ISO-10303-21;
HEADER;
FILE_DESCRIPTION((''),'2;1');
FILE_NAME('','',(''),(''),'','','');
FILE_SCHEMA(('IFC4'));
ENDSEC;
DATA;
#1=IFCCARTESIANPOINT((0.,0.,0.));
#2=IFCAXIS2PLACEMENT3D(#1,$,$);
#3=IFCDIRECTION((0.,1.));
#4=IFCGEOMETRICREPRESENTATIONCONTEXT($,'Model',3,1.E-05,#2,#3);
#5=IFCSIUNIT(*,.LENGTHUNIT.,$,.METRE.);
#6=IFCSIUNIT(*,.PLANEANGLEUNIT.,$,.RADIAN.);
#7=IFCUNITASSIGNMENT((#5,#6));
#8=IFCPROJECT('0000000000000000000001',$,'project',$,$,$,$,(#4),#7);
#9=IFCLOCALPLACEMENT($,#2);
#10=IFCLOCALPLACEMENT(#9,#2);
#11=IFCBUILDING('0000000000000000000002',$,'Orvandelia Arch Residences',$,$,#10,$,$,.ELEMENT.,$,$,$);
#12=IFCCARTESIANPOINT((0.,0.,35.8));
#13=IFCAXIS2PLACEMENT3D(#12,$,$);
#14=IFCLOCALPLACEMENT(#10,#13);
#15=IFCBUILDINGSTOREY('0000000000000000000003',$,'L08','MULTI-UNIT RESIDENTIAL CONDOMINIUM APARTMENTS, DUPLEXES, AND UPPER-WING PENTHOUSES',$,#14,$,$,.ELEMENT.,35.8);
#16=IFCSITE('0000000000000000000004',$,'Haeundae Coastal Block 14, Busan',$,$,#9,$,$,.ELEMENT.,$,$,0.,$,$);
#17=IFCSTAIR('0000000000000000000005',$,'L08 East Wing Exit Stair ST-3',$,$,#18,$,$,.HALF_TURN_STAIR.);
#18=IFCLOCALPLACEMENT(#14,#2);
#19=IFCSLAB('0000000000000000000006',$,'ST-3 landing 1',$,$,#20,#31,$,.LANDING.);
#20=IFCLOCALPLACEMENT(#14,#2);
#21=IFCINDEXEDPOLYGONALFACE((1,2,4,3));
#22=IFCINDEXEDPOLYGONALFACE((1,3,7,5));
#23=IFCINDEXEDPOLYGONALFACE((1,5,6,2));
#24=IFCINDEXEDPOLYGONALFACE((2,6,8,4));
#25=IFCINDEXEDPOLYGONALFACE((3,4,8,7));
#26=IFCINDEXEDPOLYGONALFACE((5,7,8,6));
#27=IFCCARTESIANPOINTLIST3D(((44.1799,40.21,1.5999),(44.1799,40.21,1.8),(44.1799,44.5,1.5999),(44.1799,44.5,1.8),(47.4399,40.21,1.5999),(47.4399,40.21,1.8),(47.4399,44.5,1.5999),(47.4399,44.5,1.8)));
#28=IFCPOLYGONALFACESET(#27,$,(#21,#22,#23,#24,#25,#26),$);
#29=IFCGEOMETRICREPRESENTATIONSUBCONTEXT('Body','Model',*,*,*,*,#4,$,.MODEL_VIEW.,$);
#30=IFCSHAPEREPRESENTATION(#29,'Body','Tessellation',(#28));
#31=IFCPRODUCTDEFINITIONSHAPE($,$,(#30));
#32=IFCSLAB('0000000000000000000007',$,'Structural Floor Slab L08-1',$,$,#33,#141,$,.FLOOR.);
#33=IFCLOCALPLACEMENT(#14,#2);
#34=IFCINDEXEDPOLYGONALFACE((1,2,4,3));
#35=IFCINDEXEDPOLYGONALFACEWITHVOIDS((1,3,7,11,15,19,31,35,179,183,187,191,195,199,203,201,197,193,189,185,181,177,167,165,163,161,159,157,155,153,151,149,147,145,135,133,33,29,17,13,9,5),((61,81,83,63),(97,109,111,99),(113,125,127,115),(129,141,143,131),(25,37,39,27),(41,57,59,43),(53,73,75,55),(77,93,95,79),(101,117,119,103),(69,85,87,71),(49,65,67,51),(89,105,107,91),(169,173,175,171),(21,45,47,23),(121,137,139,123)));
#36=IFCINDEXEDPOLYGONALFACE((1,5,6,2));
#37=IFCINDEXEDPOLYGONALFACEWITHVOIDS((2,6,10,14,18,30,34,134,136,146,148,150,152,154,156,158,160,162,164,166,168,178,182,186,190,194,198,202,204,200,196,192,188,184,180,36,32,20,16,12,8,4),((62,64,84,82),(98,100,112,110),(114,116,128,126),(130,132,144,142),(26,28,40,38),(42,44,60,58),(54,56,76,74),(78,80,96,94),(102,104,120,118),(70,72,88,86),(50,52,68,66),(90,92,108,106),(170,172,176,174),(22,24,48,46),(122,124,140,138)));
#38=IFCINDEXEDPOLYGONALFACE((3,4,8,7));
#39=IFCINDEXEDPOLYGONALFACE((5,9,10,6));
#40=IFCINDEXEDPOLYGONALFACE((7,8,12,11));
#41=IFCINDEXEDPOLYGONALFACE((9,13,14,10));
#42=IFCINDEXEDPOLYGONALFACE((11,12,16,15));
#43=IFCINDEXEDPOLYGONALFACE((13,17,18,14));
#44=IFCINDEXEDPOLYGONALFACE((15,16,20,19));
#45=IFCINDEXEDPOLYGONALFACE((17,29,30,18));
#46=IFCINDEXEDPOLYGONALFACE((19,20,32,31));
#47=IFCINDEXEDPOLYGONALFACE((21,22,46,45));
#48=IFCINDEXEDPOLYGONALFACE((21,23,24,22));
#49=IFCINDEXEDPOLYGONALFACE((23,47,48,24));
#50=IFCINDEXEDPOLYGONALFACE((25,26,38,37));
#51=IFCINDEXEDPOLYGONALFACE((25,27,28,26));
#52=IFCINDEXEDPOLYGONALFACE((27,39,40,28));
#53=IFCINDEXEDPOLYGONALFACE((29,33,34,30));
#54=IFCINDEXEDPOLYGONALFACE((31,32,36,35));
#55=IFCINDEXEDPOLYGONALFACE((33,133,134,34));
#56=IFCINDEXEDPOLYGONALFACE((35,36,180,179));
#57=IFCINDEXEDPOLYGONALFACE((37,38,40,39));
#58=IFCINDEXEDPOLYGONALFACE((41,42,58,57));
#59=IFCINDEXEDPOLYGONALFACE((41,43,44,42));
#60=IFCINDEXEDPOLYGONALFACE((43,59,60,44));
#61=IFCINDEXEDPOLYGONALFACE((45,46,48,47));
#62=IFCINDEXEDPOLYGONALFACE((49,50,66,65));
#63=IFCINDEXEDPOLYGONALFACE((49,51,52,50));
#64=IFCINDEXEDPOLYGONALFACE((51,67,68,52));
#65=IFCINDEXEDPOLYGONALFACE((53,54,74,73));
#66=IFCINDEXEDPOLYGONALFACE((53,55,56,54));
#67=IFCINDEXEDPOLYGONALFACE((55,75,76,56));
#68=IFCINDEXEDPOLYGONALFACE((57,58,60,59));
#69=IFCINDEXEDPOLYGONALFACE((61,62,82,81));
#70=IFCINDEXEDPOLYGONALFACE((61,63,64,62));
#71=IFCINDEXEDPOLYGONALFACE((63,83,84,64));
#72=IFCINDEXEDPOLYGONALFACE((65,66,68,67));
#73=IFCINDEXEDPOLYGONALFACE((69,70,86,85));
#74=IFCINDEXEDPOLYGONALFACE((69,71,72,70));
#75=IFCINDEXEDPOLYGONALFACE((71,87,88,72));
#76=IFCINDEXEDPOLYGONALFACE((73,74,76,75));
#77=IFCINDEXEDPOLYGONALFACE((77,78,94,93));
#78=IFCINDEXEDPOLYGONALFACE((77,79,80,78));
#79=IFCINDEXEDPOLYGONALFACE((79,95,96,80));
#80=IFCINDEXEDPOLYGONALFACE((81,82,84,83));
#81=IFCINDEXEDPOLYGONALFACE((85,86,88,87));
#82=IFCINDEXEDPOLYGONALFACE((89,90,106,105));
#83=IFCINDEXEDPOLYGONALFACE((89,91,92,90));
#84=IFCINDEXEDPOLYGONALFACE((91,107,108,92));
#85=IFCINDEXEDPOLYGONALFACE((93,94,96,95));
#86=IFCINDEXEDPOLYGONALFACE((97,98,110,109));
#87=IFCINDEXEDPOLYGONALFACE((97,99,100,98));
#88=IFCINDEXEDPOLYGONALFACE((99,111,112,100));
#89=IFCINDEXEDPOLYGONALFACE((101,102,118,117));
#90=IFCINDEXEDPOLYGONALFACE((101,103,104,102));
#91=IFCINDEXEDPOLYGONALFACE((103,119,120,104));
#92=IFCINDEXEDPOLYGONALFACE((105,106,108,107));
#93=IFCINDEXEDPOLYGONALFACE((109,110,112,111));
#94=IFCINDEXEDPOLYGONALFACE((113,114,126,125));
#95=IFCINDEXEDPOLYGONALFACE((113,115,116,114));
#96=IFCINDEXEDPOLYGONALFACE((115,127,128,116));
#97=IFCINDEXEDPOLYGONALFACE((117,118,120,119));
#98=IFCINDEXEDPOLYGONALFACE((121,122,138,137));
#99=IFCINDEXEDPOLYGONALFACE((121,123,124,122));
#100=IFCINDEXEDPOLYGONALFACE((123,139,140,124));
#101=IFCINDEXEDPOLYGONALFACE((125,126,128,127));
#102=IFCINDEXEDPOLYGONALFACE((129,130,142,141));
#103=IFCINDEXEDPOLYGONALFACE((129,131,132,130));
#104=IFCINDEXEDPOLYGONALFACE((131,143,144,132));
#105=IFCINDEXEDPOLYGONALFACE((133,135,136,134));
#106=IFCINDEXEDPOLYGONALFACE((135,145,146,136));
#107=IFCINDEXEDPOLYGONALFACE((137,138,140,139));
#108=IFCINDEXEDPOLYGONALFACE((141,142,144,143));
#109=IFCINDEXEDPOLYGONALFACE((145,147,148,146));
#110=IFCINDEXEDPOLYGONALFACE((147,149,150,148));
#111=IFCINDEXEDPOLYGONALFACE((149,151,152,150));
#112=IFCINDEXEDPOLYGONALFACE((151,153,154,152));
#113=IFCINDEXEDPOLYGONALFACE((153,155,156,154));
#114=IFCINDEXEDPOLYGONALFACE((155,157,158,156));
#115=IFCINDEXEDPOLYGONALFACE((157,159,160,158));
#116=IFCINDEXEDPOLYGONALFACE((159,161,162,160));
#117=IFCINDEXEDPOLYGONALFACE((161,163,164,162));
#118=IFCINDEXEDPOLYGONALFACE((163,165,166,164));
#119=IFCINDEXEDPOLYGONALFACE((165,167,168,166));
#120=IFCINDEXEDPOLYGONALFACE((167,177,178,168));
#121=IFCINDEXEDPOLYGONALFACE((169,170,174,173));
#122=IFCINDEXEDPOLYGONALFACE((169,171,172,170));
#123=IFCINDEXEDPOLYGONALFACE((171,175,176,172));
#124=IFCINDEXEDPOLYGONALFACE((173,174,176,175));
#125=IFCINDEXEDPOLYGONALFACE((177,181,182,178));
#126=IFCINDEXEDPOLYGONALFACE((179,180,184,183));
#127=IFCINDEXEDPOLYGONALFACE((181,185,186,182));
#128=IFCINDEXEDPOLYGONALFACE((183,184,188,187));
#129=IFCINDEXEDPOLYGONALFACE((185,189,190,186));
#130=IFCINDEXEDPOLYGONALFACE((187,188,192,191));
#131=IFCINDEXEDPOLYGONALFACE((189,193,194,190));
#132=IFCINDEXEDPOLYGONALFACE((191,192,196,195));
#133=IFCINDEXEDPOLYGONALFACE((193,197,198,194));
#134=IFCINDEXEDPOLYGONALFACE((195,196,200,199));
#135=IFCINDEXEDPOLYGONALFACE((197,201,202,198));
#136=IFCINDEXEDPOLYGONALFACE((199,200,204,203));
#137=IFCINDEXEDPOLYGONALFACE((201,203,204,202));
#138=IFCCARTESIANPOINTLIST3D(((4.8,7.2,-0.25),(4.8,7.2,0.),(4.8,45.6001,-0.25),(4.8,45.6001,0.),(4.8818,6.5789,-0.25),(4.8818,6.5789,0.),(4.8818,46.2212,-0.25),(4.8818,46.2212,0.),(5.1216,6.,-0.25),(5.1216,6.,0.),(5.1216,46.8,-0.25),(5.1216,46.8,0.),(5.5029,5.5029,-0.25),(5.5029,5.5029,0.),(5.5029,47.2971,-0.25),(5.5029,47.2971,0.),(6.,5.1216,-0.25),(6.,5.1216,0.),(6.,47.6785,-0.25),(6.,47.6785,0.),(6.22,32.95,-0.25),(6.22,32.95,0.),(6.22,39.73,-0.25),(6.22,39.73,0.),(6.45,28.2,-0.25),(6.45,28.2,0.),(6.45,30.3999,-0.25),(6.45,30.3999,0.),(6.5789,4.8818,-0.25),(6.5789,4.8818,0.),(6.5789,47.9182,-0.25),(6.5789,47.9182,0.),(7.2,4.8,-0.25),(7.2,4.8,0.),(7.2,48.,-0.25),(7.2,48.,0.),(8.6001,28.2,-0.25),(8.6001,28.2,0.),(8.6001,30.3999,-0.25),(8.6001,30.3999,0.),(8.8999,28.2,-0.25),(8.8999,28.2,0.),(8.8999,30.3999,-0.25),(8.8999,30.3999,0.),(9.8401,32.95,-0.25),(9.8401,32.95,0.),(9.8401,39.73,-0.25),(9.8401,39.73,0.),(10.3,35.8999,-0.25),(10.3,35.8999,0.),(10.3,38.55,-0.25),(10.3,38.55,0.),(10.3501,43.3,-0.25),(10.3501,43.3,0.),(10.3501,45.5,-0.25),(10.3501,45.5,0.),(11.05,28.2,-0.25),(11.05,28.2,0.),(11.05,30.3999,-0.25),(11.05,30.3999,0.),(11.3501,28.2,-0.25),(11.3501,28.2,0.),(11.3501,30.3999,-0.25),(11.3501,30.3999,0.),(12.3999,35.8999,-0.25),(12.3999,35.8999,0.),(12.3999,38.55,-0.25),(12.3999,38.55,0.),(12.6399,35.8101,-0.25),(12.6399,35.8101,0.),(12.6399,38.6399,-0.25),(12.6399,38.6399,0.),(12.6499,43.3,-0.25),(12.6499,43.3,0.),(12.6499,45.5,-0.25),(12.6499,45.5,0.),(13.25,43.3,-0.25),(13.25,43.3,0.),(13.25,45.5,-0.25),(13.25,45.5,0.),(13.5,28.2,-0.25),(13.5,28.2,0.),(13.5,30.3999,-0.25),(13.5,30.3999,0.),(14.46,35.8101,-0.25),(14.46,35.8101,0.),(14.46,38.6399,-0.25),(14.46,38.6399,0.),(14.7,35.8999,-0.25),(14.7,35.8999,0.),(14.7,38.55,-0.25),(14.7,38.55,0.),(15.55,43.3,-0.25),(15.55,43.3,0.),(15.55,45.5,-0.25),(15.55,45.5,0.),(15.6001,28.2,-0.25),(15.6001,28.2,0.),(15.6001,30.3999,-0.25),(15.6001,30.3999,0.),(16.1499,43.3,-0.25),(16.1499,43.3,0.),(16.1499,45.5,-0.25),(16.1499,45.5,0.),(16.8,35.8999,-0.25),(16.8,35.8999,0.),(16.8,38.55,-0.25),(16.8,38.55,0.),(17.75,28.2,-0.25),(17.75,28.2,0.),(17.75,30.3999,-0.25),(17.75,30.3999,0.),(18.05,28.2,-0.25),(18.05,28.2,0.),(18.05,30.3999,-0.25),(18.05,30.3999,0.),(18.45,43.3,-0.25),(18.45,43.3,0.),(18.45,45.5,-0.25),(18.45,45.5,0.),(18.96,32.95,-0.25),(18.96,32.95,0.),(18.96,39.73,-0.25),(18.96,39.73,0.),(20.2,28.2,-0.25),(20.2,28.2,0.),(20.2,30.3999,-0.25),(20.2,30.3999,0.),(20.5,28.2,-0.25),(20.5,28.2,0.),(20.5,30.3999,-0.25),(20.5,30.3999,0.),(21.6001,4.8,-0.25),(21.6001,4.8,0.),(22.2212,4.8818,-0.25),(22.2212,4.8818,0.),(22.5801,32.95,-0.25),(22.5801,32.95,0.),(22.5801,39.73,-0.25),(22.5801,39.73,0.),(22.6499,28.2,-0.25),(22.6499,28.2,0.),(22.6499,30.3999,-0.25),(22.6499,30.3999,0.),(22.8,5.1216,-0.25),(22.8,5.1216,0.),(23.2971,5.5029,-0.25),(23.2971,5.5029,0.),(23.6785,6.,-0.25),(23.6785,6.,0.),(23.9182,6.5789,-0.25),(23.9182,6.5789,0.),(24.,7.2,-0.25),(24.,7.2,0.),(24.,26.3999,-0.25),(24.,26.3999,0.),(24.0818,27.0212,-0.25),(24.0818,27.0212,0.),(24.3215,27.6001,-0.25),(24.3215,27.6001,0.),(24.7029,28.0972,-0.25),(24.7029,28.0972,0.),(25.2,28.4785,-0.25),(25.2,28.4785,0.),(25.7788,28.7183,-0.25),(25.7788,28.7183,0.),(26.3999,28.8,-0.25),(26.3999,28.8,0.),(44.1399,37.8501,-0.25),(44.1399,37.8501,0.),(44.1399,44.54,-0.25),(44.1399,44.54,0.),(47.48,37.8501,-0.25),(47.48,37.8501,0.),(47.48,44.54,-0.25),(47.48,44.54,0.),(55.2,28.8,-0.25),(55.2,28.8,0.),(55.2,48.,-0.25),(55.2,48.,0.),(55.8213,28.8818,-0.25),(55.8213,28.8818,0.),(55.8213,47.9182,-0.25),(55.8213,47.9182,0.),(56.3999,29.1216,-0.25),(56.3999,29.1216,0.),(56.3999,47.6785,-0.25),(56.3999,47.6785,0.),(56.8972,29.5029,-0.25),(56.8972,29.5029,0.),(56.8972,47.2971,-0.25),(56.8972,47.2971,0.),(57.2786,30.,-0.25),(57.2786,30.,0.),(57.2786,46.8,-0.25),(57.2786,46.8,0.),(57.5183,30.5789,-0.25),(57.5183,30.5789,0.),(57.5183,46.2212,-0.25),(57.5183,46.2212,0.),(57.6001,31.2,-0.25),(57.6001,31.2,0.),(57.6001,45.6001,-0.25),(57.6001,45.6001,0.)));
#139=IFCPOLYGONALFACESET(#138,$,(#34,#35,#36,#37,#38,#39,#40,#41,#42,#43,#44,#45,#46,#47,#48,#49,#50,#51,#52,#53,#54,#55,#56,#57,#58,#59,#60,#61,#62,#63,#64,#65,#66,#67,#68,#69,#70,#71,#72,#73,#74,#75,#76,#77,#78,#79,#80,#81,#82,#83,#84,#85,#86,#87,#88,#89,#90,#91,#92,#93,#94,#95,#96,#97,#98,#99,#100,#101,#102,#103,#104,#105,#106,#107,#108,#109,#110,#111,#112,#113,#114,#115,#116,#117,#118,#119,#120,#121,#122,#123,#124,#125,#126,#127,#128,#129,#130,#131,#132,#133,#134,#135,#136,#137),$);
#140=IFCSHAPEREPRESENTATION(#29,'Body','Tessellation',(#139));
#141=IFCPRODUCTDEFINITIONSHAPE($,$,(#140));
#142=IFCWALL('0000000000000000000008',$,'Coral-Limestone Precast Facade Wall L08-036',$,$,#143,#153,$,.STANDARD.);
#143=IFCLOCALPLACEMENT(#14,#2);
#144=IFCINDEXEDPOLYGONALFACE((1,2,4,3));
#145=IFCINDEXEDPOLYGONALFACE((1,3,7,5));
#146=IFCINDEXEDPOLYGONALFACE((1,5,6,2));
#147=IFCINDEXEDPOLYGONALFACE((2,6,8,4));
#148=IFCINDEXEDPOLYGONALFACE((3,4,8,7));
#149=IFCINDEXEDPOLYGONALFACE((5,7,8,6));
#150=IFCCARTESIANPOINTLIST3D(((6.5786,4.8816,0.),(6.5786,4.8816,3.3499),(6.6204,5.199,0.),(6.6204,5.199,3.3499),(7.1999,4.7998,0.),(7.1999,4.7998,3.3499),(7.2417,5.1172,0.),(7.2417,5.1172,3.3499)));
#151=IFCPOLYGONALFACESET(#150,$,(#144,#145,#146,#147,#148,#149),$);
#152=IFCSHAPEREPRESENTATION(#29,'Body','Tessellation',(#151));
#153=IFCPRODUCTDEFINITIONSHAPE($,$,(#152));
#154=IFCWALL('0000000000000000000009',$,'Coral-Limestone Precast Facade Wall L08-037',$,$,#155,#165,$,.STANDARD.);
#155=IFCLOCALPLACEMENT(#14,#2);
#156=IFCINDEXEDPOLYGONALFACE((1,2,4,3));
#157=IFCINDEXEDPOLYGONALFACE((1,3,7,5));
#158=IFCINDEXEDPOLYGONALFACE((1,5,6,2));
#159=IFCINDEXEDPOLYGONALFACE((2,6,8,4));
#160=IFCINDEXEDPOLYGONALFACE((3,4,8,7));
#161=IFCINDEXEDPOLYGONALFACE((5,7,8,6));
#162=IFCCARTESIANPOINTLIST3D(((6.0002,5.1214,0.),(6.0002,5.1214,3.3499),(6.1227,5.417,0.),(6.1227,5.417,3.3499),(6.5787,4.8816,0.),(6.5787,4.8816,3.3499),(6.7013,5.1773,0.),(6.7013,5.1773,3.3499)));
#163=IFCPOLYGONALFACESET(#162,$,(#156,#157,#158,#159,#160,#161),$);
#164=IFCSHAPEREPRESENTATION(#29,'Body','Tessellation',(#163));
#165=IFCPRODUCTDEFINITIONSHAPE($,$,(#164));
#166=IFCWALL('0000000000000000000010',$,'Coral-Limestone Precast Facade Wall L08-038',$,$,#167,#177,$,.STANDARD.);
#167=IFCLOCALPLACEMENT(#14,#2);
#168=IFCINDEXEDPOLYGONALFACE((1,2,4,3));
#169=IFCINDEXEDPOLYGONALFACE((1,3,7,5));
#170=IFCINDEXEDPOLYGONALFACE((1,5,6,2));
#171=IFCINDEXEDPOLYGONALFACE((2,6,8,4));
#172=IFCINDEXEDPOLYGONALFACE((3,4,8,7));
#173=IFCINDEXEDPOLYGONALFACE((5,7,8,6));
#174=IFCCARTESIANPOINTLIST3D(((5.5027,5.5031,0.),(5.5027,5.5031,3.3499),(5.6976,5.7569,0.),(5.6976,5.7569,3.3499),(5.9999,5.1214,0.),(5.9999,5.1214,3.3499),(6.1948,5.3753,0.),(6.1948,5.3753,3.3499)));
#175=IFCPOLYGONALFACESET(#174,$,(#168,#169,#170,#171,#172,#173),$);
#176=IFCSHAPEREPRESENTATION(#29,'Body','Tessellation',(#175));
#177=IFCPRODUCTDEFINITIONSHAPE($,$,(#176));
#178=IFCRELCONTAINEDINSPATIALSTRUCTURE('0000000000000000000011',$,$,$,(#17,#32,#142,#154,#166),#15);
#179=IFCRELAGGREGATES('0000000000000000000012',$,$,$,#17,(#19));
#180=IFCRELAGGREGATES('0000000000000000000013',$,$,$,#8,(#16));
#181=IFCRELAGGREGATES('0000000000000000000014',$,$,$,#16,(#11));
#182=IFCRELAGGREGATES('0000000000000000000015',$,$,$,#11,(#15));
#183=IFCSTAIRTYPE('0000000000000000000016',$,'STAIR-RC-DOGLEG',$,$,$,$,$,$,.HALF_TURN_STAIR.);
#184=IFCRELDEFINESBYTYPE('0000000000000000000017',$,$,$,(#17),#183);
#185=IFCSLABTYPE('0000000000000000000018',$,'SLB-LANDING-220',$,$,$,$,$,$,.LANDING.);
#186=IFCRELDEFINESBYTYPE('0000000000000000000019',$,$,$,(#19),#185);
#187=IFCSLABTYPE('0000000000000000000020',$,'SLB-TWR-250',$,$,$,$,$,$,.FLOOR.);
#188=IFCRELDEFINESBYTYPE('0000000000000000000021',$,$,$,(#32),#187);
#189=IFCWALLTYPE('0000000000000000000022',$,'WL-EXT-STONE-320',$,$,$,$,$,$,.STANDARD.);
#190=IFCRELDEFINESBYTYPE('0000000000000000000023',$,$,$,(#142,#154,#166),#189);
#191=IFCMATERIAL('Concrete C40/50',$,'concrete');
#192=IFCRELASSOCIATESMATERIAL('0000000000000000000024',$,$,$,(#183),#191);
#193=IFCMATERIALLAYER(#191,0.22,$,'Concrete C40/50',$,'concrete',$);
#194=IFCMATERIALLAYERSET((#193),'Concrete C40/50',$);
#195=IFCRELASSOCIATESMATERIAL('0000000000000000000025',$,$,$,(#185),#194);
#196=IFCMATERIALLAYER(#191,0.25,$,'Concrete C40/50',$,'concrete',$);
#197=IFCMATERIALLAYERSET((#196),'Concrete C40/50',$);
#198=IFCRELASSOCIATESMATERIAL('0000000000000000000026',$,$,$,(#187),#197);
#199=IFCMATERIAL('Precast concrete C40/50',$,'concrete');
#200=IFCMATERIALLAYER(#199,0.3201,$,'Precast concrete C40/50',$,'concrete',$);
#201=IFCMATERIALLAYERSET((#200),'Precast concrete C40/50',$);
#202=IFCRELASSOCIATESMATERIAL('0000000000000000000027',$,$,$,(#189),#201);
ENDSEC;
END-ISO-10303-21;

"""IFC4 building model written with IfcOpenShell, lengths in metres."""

from ifc_helpers import new_model, si_unit, direction, frame, frame_2d, origin, place, context, subcontext, project, spatial, polyline, rectangle, outline, extrude, material, layer, layer_set, type_object, element, aggregate, save


model = new_model("IFC4")

# Units and contexts
model_context = context("Model", 3, precision=1e-05, world=origin(), true_north=direction((0.0, 1.0)))
body_context = subcontext(model_context, "Body", "Model", "MODEL_VIEW")
ifc_project = project(units=[si_unit("LENGTHUNIT", "METRE"), si_unit("PLANEANGLEUNIT", "RADIAN")], contexts=[model_context])

# Site, building, storey
site_placement = place(None, origin())
site = spatial("IfcSite", under=ifc_project, at=site_placement, Name="Haeundae Coastal Block 14, Busan", CompositionType="ELEMENT", RefElevation=0.0)
building_placement = place(site_placement, origin())
building = spatial("IfcBuilding", under=site, at=building_placement, Name="Orvandelia Arch Residences", CompositionType="ELEMENT")
storey_placement = place(building_placement, frame((0.0, 0.0, 35.8)))
storey = spatial("IfcBuildingStorey", under=building, at=storey_placement, Name="L08", Description="MULTI-UNIT RESIDENTIAL CONDOMINIUM APARTMENTS, DUPLEXES, AND UPPER-WING PENTHOUSES", CompositionType="ELEMENT", Elevation=35.8)

# Shared definitions
ifc_material_1 = material(Name="Precast concrete C40/50", Category="concrete")

# Stair, slab
ifc_material_2 = material(Name="Concrete C40/50", Category="concrete")
stair_type = type_object("IfcStairType", Name="STAIR-RC-DOGLEG", PredefinedType="HALF_TURN_STAIR", material=ifc_material_2)
ifc_layer_1 = layer(ifc_material_2, 0.22, Name="Concrete C40/50", Category="concrete")
ifc_layer_set_1 = layer_set([ifc_layer_1], Name="Concrete C40/50")
slab_type_1 = type_object("IfcSlabType", Name="SLB-LANDING-220", PredefinedType="LANDING", material=ifc_layer_set_1)
stair_1_placement = place(storey_placement, origin())
stair_1 = element("IfcStair", 1, at=stair_1_placement, inside=storey, type_object=stair_type, Name="L08 East Wing Exit Stair ST-3", PredefinedType="HALF_TURN_STAIR")
slab_1_placement = place(storey_placement, frame((0.0, 0.0, 1.5999)))
slab_1 = element("IfcSlab", 2, at=slab_1_placement, type_object=slab_type_1, Name="ST-3 landing 1", PredefinedType="LANDING", context=body_context, shape_type="SweptSolid", body=[
    extrude(outline(polyline([(47.4399, 40.21), (47.4399, 44.5), (44.1799, 44.5), (44.1799, 40.21), (47.4399, 40.21)])), origin(), (0.0, 0.0, 1.0), 0.2002),
])
aggregate(stair_1, [slab_1])

# Slab
ifc_layer_2 = layer(ifc_material_2, 0.25, Name="Concrete C40/50", Category="concrete")
ifc_layer_set_2 = layer_set([ifc_layer_2], Name="Concrete C40/50")
slab_type_2 = type_object("IfcSlabType", Name="SLB-TWR-250", PredefinedType="FLOOR", material=ifc_layer_set_2)
slab_2_placement = place(storey_placement, frame((0.0, 0.0, -0.25)))
element("IfcSlab", 3, at=slab_2_placement, inside=storey, type_object=slab_type_2, Name="Structural Floor Slab L08-1", PredefinedType="FLOOR", context=body_context, shape_type="SweptSolid", body=[
    extrude(outline(polyline([(4.8, 7.2), (4.8818, 6.5789), (5.1216, 6.0), (5.5029, 5.5029), (6.0, 5.1216), (6.5789, 4.8818), (7.2, 4.8), (21.6001, 4.8), (22.2212, 4.8818), (22.8, 5.1216), (23.2971, 5.5029), (23.6785, 6.0), (23.9182, 6.5789), (24.0, 7.2), (24.0, 26.3999), (24.0818, 27.0212), (24.3215, 27.6001), (24.7029, 28.0972), (25.2, 28.4785), (25.7788, 28.7183), (26.3999, 28.8), (55.2, 28.8), (55.8213, 28.8818), (56.3999, 29.1216), (56.8972, 29.5029), (57.2786, 30.0), (57.5183, 30.5789), (57.6001, 31.2), (57.6001, 45.6001), (57.5183, 46.2212), (57.2786, 46.8), (56.8972, 47.2971), (56.3999, 47.6785), (55.8213, 47.9182), (55.2, 48.0), (7.2, 48.0), (6.5789, 47.9182), (6.0, 47.6785), (5.5029, 47.2971), (5.1216, 46.8), (4.8818, 46.2212), (4.8, 45.6001), (4.8, 7.2)]), holes=[polyline([(6.22, 32.95), (9.8401, 32.95), (9.8401, 39.73), (6.22, 39.73), (6.22, 32.95)]), polyline([(18.96, 32.95), (22.5801, 32.95), (22.5801, 39.73), (18.96, 39.73), (18.96, 32.95)]), polyline([(44.1399, 37.8501), (47.48, 37.8501), (47.48, 44.54), (44.1399, 44.54), (44.1399, 37.8501)]), polyline([(12.6399, 35.8101), (14.46, 35.8101), (14.46, 38.6399), (12.6399, 38.6399), (12.6399, 35.8101)]), polyline([(10.3, 35.8999), (12.3999, 35.8999), (12.3999, 38.55), (10.3, 38.55), (10.3, 35.8999)]), polyline([(14.7, 35.8999), (16.8, 35.8999), (16.8, 38.55), (14.7, 38.55), (14.7, 35.8999)]), polyline([(10.3501, 43.3), (12.6499, 43.3), (12.6499, 45.5), (10.3501, 45.5), (10.3501, 43.3)]), polyline([(13.25, 43.3), (15.55, 43.3), (15.55, 45.5), (13.25, 45.5), (13.25, 43.3)]), polyline([(16.1499, 43.3), (18.45, 43.3), (18.45, 45.5), (16.1499, 45.5), (16.1499, 43.3)]), polyline([(6.45, 28.2), (8.6001, 28.2), (8.6001, 30.3999), (6.45, 30.3999), (6.45, 28.2)]), polyline([(8.8999, 28.2), (11.05, 28.2), (11.05, 30.3999), (8.8999, 30.3999), (8.8999, 28.2)]), polyline([(11.3501, 28.2), (13.5, 28.2), (13.5, 30.3999), (11.3501, 30.3999), (11.3501, 28.2)]), polyline([(15.6001, 28.2), (17.75, 28.2), (17.75, 30.3999), (15.6001, 30.3999), (15.6001, 28.2)]), polyline([(18.05, 28.2), (20.2, 28.2), (20.2, 30.3999), (18.05, 30.3999), (18.05, 28.2)]), polyline([(20.5, 28.2), (22.6499, 28.2), (22.6499, 30.3999), (20.5, 30.3999), (20.5, 28.2)])]), origin(), (0.0, 0.0, 1.0), 0.25),
])

# Walls
ifc_layer_3 = layer(ifc_material_1, 0.3201, Name="Precast concrete C40/50", Category="concrete")
ifc_layer_set_3 = layer_set([ifc_layer_3], Name="Precast concrete C40/50")
wall_type_1 = type_object("IfcWallType", Name="WL-EXT-STONE-320", PredefinedType="STANDARD", material=ifc_layer_set_3)
wall_1_placement = place(storey_placement, frame((7.2209, 4.9585, 0.0), z_axis=(0.0, 0.0, 1.0), x_axis=(-0.991448, 0.130505, 0.0)))
element("IfcWall", 4, at=wall_1_placement, inside=storey, type_object=wall_type_1, Name="Coral-Limestone Precast Facade Wall L08-036", PredefinedType="STANDARD", context=body_context, shape_type="SweptSolid", body=[
    extrude(rectangle(XDim=0.6267, YDim=0.3201, at=frame_2d((0.3135, 0.0))), origin(), (0.0, 0.0, 1.0), 3.3499),
])
wall_2_placement = place(storey_placement, frame((6.6399, 5.0295, 0.0), z_axis=(0.0, 0.0, 1.0), x_axis=(-0.923836, 0.382788, 0.0)))
element("IfcWall", 5, at=wall_2_placement, inside=storey, type_object=wall_type_1, Name="Coral-Limestone Precast Facade Wall L08-037", PredefinedType="STANDARD", context=body_context, shape_type="SweptSolid", body=[
    extrude(rectangle(XDim=0.6262, YDim=0.3201, at=frame_2d((0.313, 0.0))), origin(), (0.0, 0.0, 1.0), 3.3499),
])
for number, where, z_axis, x_axis, name in (
    (6, (6.0974, 5.2483, 0.0), (0.0, 0.0, 1.0), (-0.793217, 0.608939, 0.0), "Coral-Limestone Precast Facade Wall L08-038"),
):
    element("IfcWall", number, at=place(storey_placement, frame(where, z_axis=z_axis, x_axis=x_axis)), inside=storey, type_object=wall_type_1, Name=name, PredefinedType="STANDARD", context=body_context, shape_type="SweptSolid", body=[
        extrude(rectangle(XDim=0.6267, YDim=0.3201, at=frame_2d((0.3135, 0.0))), origin(), (0.0, 0.0, 1.0), 3.3499),
    ])

save(model, "model.ifc")
